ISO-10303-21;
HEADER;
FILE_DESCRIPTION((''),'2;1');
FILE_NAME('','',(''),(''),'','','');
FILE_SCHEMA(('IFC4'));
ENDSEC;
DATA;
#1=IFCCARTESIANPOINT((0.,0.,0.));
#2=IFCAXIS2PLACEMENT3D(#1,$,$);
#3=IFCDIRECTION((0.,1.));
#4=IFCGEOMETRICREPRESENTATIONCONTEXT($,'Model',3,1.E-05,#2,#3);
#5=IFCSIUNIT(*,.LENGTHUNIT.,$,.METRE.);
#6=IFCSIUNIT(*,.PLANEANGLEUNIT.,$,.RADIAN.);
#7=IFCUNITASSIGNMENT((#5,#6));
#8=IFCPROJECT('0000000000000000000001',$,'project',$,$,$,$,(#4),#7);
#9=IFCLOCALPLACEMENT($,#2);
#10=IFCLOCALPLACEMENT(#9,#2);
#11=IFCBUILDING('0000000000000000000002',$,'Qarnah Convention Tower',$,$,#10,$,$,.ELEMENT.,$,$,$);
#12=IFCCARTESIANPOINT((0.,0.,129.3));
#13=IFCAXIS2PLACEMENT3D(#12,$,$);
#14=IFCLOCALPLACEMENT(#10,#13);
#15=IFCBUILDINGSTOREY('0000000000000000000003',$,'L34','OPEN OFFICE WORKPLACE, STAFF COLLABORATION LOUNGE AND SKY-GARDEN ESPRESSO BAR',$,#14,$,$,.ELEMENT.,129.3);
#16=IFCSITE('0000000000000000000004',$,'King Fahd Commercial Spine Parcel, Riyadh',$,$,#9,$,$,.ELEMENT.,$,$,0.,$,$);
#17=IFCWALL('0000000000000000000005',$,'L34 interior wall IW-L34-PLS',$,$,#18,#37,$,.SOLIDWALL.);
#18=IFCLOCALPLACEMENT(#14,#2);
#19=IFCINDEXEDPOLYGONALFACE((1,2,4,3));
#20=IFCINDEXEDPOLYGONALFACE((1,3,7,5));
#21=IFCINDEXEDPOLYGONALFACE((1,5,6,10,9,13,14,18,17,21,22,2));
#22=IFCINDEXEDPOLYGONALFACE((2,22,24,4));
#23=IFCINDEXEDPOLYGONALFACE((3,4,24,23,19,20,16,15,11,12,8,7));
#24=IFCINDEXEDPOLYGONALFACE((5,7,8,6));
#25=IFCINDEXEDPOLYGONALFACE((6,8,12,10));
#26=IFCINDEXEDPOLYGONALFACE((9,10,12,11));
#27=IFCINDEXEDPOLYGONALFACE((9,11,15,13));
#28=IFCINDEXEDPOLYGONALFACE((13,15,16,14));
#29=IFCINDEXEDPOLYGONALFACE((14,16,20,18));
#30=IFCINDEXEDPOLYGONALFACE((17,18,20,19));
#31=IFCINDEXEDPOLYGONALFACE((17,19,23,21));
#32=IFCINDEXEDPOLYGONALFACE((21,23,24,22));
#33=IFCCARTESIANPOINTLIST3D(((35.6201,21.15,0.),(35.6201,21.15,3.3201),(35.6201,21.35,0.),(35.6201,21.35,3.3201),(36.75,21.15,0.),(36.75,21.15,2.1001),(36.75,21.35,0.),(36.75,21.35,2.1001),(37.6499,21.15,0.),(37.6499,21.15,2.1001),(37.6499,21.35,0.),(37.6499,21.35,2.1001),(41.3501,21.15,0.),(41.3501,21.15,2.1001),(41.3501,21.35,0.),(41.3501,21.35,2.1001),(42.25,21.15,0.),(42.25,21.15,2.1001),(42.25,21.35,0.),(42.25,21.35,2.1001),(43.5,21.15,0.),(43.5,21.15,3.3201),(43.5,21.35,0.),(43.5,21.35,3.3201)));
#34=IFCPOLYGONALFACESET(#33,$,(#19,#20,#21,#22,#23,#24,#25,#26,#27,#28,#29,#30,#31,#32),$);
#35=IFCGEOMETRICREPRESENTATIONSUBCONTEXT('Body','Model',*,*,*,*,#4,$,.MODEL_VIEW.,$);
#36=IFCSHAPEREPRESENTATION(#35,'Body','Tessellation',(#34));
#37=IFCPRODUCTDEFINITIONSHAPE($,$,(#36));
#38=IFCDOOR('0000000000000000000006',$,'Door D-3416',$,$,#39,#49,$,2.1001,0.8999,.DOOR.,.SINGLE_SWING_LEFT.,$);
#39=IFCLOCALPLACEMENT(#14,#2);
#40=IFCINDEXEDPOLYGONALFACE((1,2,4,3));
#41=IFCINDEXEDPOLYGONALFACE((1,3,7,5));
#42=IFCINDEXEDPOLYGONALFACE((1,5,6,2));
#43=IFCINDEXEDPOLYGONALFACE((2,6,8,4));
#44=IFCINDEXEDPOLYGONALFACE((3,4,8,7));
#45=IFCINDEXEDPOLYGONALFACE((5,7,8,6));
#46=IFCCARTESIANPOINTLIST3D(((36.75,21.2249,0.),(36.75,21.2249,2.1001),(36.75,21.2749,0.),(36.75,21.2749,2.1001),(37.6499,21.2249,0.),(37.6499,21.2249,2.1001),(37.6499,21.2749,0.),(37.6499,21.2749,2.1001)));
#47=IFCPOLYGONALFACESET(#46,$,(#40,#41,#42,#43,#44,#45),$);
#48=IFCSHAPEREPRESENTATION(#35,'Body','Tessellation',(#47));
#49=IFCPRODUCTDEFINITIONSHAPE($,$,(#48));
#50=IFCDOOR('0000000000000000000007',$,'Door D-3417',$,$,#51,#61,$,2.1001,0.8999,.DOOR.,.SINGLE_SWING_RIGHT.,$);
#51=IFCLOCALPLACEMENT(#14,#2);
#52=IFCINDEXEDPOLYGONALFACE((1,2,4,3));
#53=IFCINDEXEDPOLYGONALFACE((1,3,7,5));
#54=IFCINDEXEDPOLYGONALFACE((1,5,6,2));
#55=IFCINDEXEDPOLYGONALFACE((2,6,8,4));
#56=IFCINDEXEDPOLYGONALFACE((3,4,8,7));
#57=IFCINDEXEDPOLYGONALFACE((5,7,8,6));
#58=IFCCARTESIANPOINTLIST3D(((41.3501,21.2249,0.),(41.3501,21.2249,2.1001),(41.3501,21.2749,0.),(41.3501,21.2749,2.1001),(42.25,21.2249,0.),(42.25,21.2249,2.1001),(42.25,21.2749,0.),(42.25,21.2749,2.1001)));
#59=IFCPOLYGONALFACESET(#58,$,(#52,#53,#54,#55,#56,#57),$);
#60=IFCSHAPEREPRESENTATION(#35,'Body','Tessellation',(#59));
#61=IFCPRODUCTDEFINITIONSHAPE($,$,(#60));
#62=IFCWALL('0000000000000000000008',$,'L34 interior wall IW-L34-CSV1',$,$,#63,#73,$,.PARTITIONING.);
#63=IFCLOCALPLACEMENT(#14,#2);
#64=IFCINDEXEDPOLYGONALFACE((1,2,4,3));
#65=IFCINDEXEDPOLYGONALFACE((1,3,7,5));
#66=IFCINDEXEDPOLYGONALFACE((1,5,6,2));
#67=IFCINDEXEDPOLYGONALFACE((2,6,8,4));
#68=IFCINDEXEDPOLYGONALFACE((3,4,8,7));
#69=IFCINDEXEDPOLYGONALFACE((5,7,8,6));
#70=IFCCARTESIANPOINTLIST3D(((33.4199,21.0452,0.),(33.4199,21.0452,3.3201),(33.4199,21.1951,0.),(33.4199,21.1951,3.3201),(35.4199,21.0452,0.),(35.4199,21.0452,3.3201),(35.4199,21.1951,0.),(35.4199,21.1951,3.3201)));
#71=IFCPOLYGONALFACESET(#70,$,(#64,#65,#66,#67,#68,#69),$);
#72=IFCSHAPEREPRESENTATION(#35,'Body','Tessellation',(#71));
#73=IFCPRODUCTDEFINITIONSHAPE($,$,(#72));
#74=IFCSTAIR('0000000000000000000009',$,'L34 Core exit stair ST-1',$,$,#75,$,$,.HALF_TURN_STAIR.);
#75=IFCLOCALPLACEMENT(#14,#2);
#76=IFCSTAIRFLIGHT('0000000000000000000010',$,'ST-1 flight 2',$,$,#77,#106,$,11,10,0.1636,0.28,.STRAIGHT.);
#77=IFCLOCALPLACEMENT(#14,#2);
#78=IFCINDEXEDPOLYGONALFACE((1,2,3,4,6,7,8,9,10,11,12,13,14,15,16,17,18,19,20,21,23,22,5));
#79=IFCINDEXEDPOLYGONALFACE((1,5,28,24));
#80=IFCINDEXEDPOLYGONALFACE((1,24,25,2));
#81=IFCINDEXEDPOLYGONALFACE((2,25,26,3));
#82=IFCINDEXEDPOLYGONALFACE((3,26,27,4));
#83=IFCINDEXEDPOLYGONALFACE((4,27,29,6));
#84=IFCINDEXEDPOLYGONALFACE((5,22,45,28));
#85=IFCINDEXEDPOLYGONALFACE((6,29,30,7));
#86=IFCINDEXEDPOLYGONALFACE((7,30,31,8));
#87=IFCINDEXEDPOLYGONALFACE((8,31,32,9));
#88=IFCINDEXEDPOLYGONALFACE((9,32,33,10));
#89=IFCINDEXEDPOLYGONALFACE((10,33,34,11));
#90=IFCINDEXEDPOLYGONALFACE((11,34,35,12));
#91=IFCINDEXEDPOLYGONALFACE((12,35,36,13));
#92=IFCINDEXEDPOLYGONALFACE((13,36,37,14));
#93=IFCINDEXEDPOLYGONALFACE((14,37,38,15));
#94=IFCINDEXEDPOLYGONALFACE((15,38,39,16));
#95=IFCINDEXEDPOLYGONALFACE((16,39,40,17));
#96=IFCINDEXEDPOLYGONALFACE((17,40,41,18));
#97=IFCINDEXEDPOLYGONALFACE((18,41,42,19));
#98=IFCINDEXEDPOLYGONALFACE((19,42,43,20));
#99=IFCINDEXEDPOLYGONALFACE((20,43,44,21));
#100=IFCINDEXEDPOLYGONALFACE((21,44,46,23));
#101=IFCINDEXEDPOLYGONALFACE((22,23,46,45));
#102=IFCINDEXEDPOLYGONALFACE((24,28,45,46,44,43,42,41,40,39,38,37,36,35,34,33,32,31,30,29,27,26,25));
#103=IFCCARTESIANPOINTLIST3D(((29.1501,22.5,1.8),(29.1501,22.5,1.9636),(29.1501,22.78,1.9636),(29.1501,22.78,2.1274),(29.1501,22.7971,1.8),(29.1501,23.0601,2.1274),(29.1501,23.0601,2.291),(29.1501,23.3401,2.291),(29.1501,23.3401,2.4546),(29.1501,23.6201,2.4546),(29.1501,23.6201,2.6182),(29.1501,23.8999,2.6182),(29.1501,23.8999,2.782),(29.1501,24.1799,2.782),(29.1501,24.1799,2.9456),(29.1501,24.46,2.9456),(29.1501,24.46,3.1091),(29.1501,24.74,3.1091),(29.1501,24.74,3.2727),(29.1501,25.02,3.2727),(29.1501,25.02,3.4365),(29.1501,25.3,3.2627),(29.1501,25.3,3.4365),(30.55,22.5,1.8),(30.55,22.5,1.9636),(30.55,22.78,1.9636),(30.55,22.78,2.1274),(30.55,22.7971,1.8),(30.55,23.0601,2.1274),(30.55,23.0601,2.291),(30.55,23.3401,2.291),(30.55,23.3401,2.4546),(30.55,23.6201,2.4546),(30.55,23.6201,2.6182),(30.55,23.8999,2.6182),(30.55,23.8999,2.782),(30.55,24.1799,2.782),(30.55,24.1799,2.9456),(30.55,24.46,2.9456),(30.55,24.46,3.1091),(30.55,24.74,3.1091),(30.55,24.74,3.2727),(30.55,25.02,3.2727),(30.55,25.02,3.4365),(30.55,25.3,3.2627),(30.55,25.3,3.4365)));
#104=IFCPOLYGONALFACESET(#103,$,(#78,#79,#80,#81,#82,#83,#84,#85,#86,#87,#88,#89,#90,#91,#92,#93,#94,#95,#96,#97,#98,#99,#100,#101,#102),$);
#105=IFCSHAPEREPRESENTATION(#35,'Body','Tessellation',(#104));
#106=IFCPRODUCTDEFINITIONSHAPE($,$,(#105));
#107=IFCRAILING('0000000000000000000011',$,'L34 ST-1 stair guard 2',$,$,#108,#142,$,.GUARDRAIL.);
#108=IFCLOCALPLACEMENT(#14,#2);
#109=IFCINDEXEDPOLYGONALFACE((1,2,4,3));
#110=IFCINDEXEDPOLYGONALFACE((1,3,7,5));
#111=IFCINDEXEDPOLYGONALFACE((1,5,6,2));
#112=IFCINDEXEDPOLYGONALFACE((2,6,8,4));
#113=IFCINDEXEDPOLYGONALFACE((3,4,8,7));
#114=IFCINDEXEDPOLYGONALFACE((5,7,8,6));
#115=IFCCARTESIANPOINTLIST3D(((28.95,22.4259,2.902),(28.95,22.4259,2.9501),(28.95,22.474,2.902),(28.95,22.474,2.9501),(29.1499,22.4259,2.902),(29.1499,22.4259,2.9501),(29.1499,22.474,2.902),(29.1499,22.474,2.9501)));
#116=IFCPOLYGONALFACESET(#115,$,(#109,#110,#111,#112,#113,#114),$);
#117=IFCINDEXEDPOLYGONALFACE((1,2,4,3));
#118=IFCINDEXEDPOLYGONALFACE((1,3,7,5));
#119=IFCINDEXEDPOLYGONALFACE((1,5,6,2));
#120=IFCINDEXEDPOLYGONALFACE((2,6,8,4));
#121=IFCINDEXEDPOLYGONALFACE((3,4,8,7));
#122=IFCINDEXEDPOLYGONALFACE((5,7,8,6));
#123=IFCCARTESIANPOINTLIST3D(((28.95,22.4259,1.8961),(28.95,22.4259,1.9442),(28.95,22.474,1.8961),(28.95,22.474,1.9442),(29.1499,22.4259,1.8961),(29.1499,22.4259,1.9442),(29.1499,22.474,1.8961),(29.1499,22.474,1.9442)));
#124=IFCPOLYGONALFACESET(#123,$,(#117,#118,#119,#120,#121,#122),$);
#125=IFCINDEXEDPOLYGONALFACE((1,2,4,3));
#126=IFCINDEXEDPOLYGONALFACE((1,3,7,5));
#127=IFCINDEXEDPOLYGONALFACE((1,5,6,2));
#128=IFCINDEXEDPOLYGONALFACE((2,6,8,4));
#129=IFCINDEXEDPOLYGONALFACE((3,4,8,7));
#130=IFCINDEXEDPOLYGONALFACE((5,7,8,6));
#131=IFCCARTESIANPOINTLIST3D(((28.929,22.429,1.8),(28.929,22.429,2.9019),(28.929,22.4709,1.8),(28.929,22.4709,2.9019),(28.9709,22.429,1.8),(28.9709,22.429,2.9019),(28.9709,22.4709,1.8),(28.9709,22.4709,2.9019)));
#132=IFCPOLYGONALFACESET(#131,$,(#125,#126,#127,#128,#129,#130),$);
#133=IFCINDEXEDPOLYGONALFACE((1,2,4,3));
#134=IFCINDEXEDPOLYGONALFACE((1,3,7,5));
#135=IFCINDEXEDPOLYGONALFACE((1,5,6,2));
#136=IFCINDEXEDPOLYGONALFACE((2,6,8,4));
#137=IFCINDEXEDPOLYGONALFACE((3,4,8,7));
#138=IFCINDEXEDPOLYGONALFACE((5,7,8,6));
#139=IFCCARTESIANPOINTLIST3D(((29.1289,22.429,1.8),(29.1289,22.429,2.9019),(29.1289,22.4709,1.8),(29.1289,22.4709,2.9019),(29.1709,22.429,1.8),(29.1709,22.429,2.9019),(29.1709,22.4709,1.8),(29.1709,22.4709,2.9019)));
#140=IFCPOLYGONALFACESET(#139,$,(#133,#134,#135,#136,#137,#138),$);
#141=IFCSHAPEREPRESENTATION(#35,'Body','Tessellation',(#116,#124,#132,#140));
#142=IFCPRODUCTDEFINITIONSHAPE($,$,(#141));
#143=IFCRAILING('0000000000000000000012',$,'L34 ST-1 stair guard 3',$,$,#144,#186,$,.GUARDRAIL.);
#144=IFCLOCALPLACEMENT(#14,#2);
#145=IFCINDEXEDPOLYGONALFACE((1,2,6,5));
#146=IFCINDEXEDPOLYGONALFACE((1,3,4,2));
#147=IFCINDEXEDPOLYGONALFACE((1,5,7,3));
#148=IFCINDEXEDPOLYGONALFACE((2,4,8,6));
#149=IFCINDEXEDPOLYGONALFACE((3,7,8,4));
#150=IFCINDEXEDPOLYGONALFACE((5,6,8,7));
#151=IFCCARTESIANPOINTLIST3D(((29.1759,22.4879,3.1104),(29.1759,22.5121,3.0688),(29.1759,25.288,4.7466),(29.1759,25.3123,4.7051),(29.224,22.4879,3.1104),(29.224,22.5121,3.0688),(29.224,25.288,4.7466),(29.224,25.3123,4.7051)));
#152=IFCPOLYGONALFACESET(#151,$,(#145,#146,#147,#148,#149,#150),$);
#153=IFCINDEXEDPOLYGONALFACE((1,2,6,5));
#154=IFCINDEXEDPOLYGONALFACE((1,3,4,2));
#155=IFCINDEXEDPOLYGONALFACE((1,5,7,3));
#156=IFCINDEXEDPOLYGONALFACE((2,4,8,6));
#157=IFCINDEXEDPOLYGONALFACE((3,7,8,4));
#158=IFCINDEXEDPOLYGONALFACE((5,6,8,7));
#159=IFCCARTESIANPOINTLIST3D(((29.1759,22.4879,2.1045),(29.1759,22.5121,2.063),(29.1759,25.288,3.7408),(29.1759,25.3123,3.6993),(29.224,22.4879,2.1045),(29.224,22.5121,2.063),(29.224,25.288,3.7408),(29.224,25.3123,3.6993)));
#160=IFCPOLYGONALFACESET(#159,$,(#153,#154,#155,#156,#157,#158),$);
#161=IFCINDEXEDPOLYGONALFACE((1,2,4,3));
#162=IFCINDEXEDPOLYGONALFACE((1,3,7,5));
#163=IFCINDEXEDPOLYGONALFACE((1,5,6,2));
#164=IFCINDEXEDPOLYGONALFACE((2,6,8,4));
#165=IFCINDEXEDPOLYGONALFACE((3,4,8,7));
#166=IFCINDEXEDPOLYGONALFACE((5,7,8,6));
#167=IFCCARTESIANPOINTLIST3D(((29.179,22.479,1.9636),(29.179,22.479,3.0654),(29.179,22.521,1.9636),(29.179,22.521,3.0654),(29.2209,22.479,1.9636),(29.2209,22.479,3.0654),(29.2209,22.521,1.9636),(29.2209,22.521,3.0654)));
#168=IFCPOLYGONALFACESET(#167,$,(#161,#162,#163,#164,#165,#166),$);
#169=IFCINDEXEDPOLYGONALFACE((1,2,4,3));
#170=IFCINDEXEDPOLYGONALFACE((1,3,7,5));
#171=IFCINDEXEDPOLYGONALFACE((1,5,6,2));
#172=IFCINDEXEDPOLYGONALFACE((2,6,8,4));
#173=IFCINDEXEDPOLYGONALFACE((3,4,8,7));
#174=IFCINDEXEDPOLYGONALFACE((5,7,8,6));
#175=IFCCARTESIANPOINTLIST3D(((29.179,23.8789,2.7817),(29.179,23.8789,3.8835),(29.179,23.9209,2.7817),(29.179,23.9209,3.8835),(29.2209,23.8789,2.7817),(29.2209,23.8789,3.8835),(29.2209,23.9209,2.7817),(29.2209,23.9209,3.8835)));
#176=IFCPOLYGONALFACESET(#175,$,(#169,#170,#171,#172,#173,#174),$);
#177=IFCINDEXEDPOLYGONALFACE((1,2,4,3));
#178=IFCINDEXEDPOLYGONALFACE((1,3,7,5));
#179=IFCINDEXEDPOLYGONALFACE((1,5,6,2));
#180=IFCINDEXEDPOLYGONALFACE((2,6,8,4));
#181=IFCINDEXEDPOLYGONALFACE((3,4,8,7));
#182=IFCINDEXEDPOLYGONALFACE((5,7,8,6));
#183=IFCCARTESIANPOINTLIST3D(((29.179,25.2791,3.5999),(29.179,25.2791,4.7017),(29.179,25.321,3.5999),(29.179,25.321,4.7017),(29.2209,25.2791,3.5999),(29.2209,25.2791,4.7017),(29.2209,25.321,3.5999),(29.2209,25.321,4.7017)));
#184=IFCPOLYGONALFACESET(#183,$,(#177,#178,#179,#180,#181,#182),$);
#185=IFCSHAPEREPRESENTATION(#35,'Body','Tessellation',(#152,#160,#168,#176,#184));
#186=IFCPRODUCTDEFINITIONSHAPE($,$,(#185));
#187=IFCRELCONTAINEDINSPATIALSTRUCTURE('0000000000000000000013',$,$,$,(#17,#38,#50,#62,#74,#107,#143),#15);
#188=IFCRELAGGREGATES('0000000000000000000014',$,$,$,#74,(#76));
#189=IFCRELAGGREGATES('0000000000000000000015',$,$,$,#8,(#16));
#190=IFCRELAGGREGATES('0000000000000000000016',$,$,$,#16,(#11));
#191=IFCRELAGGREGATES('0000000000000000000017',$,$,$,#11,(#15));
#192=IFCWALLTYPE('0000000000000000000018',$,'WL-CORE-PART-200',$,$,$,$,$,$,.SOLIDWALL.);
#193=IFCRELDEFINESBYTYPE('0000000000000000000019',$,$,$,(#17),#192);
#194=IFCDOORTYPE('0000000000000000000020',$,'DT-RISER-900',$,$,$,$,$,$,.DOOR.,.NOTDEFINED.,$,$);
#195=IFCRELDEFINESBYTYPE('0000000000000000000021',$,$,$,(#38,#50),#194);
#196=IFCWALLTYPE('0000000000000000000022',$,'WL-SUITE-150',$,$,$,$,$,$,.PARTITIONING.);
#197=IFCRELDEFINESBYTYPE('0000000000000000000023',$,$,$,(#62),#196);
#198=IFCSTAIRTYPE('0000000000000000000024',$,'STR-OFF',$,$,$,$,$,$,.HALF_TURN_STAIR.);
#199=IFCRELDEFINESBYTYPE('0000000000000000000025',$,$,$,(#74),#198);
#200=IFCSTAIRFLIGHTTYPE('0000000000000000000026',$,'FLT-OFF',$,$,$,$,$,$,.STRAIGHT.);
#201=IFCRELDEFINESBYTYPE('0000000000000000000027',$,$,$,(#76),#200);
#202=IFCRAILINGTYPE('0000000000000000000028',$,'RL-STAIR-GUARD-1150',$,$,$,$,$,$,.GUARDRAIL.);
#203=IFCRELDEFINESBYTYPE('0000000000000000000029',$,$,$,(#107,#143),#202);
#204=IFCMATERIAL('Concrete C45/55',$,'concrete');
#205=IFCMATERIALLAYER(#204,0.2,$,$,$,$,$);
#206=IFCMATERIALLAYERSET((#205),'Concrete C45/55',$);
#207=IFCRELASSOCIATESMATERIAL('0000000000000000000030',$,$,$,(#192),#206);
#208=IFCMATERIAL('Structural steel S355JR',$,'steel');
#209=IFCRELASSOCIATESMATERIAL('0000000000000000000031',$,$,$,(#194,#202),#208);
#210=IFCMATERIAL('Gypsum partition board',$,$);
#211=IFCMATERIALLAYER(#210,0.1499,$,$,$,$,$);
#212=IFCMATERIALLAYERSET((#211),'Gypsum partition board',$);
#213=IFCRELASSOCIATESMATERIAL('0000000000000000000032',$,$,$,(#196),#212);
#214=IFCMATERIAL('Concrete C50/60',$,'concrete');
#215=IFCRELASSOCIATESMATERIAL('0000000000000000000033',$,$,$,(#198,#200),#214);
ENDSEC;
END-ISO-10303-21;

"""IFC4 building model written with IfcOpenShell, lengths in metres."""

from ifc_helpers import new_model, si_unit, direction, frame, frame_2d, origin, origin_2d, place, context, subcontext, project, spatial, polyline, rectangle, outline, extrude, material, layer, layer_set, type_object, element, fill, aggregate, save


model = new_model("IFC4")

# Units and contexts
model_context = context("Model", 3, precision=1e-05, world=origin(), true_north=direction((0.0, 1.0)))
body_context = subcontext(model_context, "Body", "Model", "MODEL_VIEW")
ifc_project = project(units=[si_unit("LENGTHUNIT", "METRE"), si_unit("PLANEANGLEUNIT", "RADIAN")], contexts=[model_context])

# Site, building, storey
site_placement = place(None, origin())
site = spatial("IfcSite", under=ifc_project, at=site_placement, Name="King Fahd Commercial Spine Parcel, Riyadh", CompositionType="ELEMENT", RefElevation=0.0)
building_placement = place(site_placement, origin())
building = spatial("IfcBuilding", under=site, at=building_placement, Name="Qarnah Convention Tower", CompositionType="ELEMENT")
storey_placement = place(building_placement, frame((0.0, 0.0, 129.3)))
storey = spatial("IfcBuildingStorey", under=building, at=storey_placement, Name="L34", Description="OPEN OFFICE WORKPLACE, STAFF COLLABORATION LOUNGE AND SKY-GARDEN ESPRESSO BAR", CompositionType="ELEMENT", Elevation=129.3)

# Shared definitions
ifc_material_1 = material(Name="Structural steel S355JR", Category="steel")

# Shared definitions
ifc_material_2 = material(Name="Concrete C45/55", Category="concrete")
ifc_layer_1 = layer(ifc_material_2, 0.2)
ifc_layer_set_1 = layer_set([ifc_layer_1], Name="Concrete C45/55")
wall_type_1 = type_object("IfcWallType", Name="WL-CORE-PART-200", PredefinedType="SOLIDWALL", material=ifc_layer_set_1)
door_type_1 = type_object("IfcDoorType", Name="DT-RISER-900", OperationType="NOTDEFINED", PredefinedType="DOOR", material=ifc_material_1)

# Wall, openings, doors
wall_1_placement = place(storey_placement, frame((35.6201, 21.25, 0.0), z_axis=(0.0, 0.0, 1.0), x_axis=(1.0, 0.0, 0.0)))
wall_1 = element("IfcWall", 1, at=wall_1_placement, inside=storey, type_object=wall_type_1, Name="L34 interior wall IW-L34-PLS", PredefinedType="SOLIDWALL", context=body_context, shape_type="SweptSolid", body=[
    extrude(rectangle(XDim=7.8799, YDim=0.2, at=frame_2d((3.9399, 0.0))), origin(), (0.0, 0.0, 1.0), 3.3201),
])
opening_1_placement = place(wall_1_placement, frame((1.1299, 0.0, 0.0)))
opening_1 = element("IfcOpeningElement", 2, at=opening_1_placement, cuts=wall_1, PredefinedType="OPENING", context=body_context, shape_type="SweptSolid", body=[
    extrude(rectangle(XDim=0.8999, YDim=2.1001, at=frame_2d((0.45, 1.05))), frame((0.0, 0.1099, 0.0), z_axis=(0.0, -1.0, 0.0), x_axis=(1.0, 0.0, 0.0)), (0.0, 0.0, 1.0), 0.22),
])
opening_2_placement = place(wall_1_placement, frame((5.73, 0.0, 0.0)))
opening_2 = element("IfcOpeningElement", 3, at=opening_2_placement, cuts=wall_1, PredefinedType="OPENING", context=body_context, shape_type="SweptSolid", body=[
    extrude(rectangle(XDim=0.8999, YDim=2.1001, at=frame_2d((0.45, 1.05))), frame((0.0, 0.1099, 0.0), z_axis=(0.0, -1.0, 0.0), x_axis=(1.0, 0.0, 0.0)), (0.0, 0.0, 1.0), 0.22),
])
door_1_placement = place(opening_1_placement, origin())
door_1 = element("IfcDoor", 4, at=door_1_placement, inside=storey, type_object=door_type_1, Name="Door D-3416", OperationType="SINGLE_SWING_LEFT", OverallHeight=2.1001, OverallWidth=0.8999, PredefinedType="DOOR", context=body_context, shape_type="SweptSolid", body=[
    extrude(rectangle(XDim=0.8999, YDim=2.1001, at=frame_2d((0.45, 1.05))), frame((0.0, 0.0249, 0.0), z_axis=(0.0, -1.0, 0.0), x_axis=(1.0, 0.0, 0.0)), (0.0, 0.0, 1.0), 0.05),
])
fill(opening_1, door_1)
door_2_placement = place(opening_2_placement, origin())
door_2 = element("IfcDoor", 5, at=door_2_placement, inside=storey, type_object=door_type_1, Name="Door D-3417", OperationType="SINGLE_SWING_RIGHT", OverallHeight=2.1001, OverallWidth=0.8999, PredefinedType="DOOR", context=body_context, shape_type="SweptSolid", body=[
    extrude(rectangle(XDim=0.8999, YDim=2.1001, at=frame_2d((0.45, 1.05))), frame((0.0, 0.0249, 0.0), z_axis=(0.0, -1.0, 0.0), x_axis=(1.0, 0.0, 0.0)), (0.0, 0.0, 1.0), 0.05),
])
fill(opening_2, door_2)

# Wall
ifc_material_3 = material(Name="Gypsum partition board")
ifc_layer_2 = layer(ifc_material_3, 0.1499)
ifc_layer_set_2 = layer_set([ifc_layer_2], Name="Gypsum partition board")
wall_type_2 = type_object("IfcWallType", Name="WL-SUITE-150", PredefinedType="PARTITIONING", material=ifc_layer_set_2)
wall_2_placement = place(storey_placement, frame((33.4199, 21.1201, 0.0), z_axis=(0.0, 0.0, 1.0), x_axis=(1.0, 0.0, 0.0)))
element("IfcWall", 6, at=wall_2_placement, inside=storey, type_object=wall_type_2, Name="L34 interior wall IW-L34-CSV1", PredefinedType="PARTITIONING", context=body_context, shape_type="SweptSolid", body=[
    extrude(rectangle(XDim=2.0, YDim=0.1499, at=frame_2d((1.0, 0.0))), origin(), (0.0, 0.0, 1.0), 3.3201),
])

# Stair, stair flight
ifc_material_4 = material(Name="Concrete C50/60", Category="concrete")
stair_type = type_object("IfcStairType", Name="STR-OFF", PredefinedType="HALF_TURN_STAIR", material=ifc_material_4)
stair_placement = place(storey_placement, origin())
stair = element("IfcStair", 7, at=stair_placement, inside=storey, type_object=stair_type, Name="L34 Core exit stair ST-1", PredefinedType="HALF_TURN_STAIR")
stair_flight_type = type_object("IfcStairFlightType", Name="FLT-OFF", PredefinedType="STRAIGHT", material=ifc_material_4)
stair_flight_placement = place(storey_placement, frame((29.8501, 22.5, 1.8), z_axis=(0.0, 0.0, 1.0), x_axis=(0.0, 1.0, 0.0)))
stair_flight = element("IfcStairFlight", 8, at=stair_flight_placement, type_object=stair_flight_type, Name="ST-1 flight 2", NumberOfRisers=11, NumberOfTreads=10, PredefinedType="STRAIGHT", RiserHeight=0.1636, TreadLength=0.28, context=body_context, shape_type="SweptSolid", body=[
    extrude(outline(polyline([(0.0, 0.0), (0.0, 0.1636), (0.28, 0.1636), (0.28, 0.3274), (0.5601, 0.3274), (0.5601, 0.491), (0.8401, 0.491), (0.8401, 0.6545), (1.1201, 0.6545), (1.1201, 0.8181), (1.3999, 0.8181), (1.3999, 0.9819), (1.6799, 0.9819), (1.6799, 1.1455), (1.96, 1.1455), (1.96, 1.3091), (2.24, 1.3091), (2.24, 1.4727), (2.52, 1.4727), (2.52, 1.6365), (2.8, 1.6365), (2.8, 1.8), (2.8, 1.4626), (0.2971, 0.0), (0.0, 0.0)])), frame((0.0, 0.7, 0.0), z_axis=(0.0, -1.0, 0.0), x_axis=(1.0, 0.0, 0.0)), (0.0, 0.0, 1.0), 1.3999),
])
aggregate(stair, [stair_flight])

# Railings
railing_type_1 = type_object("IfcRailingType", Name="RL-STAIR-GUARD-1150", PredefinedType="GUARDRAIL", material=ifc_material_1)
railing_1_placement = place(storey_placement, frame((28.95, 22.45, 1.8)))
element("IfcRailing", 9, at=railing_1_placement, inside=storey, type_object=railing_type_1, Name="L34 ST-1 stair guard 2", PredefinedType="GUARDRAIL", context=body_context, shape_type="SweptSolid", body=[
    extrude(rectangle(XDim=0.0481, YDim=0.0481, at=origin_2d()), frame((0.0, 0.0, 1.126), z_axis=(1.0, 0.0, 0.0), x_axis=(0.0, 1.0, 0.0)), (0.0, 0.0, 1.0), 0.2),
    extrude(rectangle(XDim=0.0481, YDim=0.0481, at=origin_2d()), frame((0.0, 0.0, 0.1201), z_axis=(1.0, 0.0, 0.0), x_axis=(0.0, 1.0, 0.0)), (0.0, 0.0, 1.0), 0.2),
    extrude(rectangle(XDim=0.042, YDim=0.042, at=origin_2d()), origin(), (0.0, 0.0, 1.0), 1.1018),
    extrude(rectangle(XDim=0.042, YDim=0.042, at=origin_2d()), frame((0.2, 0.0, 0.0)), (0.0, 0.0, 1.0), 1.1018),
])
railing_2_placement = place(storey_placement, frame((29.2, 22.5, 1.9636)))
element("IfcRailing", 10, at=railing_2_placement, inside=storey, type_object=railing_type_1, Name="L34 ST-1 stair guard 3", PredefinedType="GUARDRAIL", context=body_context, shape_type="SweptSolid", body=[
    extrude(rectangle(XDim=0.0481, YDim=0.0481, at=origin_2d()), frame((0.0, 0.0, 1.126), z_axis=(0.0, 0.863394, 0.504531), x_axis=(-1.0, 0.0, 0.0)), (0.0, 0.0, 1.0), 3.2432),
    extrude(rectangle(XDim=0.0481, YDim=0.0481, at=origin_2d()), frame((0.0, 0.0, 0.1201), z_axis=(0.0, 0.863394, 0.504531), x_axis=(-1.0, 0.0, 0.0)), (0.0, 0.0, 1.0), 3.2432),
    extrude(rectangle(XDim=0.042, YDim=0.042, at=origin_2d()), origin(), (0.0, 0.0, 1.0), 1.1018),
    extrude(rectangle(XDim=0.042, YDim=0.042, at=origin_2d()), frame((0.0, 1.3999, 0.8181)), (0.0, 0.0, 1.0), 1.1018),
    extrude(rectangle(XDim=0.042, YDim=0.042, at=origin_2d()), frame((0.0, 2.8, 1.6362)), (0.0, 0.0, 1.0), 1.1018),
])

save(model, "model.ifc")
